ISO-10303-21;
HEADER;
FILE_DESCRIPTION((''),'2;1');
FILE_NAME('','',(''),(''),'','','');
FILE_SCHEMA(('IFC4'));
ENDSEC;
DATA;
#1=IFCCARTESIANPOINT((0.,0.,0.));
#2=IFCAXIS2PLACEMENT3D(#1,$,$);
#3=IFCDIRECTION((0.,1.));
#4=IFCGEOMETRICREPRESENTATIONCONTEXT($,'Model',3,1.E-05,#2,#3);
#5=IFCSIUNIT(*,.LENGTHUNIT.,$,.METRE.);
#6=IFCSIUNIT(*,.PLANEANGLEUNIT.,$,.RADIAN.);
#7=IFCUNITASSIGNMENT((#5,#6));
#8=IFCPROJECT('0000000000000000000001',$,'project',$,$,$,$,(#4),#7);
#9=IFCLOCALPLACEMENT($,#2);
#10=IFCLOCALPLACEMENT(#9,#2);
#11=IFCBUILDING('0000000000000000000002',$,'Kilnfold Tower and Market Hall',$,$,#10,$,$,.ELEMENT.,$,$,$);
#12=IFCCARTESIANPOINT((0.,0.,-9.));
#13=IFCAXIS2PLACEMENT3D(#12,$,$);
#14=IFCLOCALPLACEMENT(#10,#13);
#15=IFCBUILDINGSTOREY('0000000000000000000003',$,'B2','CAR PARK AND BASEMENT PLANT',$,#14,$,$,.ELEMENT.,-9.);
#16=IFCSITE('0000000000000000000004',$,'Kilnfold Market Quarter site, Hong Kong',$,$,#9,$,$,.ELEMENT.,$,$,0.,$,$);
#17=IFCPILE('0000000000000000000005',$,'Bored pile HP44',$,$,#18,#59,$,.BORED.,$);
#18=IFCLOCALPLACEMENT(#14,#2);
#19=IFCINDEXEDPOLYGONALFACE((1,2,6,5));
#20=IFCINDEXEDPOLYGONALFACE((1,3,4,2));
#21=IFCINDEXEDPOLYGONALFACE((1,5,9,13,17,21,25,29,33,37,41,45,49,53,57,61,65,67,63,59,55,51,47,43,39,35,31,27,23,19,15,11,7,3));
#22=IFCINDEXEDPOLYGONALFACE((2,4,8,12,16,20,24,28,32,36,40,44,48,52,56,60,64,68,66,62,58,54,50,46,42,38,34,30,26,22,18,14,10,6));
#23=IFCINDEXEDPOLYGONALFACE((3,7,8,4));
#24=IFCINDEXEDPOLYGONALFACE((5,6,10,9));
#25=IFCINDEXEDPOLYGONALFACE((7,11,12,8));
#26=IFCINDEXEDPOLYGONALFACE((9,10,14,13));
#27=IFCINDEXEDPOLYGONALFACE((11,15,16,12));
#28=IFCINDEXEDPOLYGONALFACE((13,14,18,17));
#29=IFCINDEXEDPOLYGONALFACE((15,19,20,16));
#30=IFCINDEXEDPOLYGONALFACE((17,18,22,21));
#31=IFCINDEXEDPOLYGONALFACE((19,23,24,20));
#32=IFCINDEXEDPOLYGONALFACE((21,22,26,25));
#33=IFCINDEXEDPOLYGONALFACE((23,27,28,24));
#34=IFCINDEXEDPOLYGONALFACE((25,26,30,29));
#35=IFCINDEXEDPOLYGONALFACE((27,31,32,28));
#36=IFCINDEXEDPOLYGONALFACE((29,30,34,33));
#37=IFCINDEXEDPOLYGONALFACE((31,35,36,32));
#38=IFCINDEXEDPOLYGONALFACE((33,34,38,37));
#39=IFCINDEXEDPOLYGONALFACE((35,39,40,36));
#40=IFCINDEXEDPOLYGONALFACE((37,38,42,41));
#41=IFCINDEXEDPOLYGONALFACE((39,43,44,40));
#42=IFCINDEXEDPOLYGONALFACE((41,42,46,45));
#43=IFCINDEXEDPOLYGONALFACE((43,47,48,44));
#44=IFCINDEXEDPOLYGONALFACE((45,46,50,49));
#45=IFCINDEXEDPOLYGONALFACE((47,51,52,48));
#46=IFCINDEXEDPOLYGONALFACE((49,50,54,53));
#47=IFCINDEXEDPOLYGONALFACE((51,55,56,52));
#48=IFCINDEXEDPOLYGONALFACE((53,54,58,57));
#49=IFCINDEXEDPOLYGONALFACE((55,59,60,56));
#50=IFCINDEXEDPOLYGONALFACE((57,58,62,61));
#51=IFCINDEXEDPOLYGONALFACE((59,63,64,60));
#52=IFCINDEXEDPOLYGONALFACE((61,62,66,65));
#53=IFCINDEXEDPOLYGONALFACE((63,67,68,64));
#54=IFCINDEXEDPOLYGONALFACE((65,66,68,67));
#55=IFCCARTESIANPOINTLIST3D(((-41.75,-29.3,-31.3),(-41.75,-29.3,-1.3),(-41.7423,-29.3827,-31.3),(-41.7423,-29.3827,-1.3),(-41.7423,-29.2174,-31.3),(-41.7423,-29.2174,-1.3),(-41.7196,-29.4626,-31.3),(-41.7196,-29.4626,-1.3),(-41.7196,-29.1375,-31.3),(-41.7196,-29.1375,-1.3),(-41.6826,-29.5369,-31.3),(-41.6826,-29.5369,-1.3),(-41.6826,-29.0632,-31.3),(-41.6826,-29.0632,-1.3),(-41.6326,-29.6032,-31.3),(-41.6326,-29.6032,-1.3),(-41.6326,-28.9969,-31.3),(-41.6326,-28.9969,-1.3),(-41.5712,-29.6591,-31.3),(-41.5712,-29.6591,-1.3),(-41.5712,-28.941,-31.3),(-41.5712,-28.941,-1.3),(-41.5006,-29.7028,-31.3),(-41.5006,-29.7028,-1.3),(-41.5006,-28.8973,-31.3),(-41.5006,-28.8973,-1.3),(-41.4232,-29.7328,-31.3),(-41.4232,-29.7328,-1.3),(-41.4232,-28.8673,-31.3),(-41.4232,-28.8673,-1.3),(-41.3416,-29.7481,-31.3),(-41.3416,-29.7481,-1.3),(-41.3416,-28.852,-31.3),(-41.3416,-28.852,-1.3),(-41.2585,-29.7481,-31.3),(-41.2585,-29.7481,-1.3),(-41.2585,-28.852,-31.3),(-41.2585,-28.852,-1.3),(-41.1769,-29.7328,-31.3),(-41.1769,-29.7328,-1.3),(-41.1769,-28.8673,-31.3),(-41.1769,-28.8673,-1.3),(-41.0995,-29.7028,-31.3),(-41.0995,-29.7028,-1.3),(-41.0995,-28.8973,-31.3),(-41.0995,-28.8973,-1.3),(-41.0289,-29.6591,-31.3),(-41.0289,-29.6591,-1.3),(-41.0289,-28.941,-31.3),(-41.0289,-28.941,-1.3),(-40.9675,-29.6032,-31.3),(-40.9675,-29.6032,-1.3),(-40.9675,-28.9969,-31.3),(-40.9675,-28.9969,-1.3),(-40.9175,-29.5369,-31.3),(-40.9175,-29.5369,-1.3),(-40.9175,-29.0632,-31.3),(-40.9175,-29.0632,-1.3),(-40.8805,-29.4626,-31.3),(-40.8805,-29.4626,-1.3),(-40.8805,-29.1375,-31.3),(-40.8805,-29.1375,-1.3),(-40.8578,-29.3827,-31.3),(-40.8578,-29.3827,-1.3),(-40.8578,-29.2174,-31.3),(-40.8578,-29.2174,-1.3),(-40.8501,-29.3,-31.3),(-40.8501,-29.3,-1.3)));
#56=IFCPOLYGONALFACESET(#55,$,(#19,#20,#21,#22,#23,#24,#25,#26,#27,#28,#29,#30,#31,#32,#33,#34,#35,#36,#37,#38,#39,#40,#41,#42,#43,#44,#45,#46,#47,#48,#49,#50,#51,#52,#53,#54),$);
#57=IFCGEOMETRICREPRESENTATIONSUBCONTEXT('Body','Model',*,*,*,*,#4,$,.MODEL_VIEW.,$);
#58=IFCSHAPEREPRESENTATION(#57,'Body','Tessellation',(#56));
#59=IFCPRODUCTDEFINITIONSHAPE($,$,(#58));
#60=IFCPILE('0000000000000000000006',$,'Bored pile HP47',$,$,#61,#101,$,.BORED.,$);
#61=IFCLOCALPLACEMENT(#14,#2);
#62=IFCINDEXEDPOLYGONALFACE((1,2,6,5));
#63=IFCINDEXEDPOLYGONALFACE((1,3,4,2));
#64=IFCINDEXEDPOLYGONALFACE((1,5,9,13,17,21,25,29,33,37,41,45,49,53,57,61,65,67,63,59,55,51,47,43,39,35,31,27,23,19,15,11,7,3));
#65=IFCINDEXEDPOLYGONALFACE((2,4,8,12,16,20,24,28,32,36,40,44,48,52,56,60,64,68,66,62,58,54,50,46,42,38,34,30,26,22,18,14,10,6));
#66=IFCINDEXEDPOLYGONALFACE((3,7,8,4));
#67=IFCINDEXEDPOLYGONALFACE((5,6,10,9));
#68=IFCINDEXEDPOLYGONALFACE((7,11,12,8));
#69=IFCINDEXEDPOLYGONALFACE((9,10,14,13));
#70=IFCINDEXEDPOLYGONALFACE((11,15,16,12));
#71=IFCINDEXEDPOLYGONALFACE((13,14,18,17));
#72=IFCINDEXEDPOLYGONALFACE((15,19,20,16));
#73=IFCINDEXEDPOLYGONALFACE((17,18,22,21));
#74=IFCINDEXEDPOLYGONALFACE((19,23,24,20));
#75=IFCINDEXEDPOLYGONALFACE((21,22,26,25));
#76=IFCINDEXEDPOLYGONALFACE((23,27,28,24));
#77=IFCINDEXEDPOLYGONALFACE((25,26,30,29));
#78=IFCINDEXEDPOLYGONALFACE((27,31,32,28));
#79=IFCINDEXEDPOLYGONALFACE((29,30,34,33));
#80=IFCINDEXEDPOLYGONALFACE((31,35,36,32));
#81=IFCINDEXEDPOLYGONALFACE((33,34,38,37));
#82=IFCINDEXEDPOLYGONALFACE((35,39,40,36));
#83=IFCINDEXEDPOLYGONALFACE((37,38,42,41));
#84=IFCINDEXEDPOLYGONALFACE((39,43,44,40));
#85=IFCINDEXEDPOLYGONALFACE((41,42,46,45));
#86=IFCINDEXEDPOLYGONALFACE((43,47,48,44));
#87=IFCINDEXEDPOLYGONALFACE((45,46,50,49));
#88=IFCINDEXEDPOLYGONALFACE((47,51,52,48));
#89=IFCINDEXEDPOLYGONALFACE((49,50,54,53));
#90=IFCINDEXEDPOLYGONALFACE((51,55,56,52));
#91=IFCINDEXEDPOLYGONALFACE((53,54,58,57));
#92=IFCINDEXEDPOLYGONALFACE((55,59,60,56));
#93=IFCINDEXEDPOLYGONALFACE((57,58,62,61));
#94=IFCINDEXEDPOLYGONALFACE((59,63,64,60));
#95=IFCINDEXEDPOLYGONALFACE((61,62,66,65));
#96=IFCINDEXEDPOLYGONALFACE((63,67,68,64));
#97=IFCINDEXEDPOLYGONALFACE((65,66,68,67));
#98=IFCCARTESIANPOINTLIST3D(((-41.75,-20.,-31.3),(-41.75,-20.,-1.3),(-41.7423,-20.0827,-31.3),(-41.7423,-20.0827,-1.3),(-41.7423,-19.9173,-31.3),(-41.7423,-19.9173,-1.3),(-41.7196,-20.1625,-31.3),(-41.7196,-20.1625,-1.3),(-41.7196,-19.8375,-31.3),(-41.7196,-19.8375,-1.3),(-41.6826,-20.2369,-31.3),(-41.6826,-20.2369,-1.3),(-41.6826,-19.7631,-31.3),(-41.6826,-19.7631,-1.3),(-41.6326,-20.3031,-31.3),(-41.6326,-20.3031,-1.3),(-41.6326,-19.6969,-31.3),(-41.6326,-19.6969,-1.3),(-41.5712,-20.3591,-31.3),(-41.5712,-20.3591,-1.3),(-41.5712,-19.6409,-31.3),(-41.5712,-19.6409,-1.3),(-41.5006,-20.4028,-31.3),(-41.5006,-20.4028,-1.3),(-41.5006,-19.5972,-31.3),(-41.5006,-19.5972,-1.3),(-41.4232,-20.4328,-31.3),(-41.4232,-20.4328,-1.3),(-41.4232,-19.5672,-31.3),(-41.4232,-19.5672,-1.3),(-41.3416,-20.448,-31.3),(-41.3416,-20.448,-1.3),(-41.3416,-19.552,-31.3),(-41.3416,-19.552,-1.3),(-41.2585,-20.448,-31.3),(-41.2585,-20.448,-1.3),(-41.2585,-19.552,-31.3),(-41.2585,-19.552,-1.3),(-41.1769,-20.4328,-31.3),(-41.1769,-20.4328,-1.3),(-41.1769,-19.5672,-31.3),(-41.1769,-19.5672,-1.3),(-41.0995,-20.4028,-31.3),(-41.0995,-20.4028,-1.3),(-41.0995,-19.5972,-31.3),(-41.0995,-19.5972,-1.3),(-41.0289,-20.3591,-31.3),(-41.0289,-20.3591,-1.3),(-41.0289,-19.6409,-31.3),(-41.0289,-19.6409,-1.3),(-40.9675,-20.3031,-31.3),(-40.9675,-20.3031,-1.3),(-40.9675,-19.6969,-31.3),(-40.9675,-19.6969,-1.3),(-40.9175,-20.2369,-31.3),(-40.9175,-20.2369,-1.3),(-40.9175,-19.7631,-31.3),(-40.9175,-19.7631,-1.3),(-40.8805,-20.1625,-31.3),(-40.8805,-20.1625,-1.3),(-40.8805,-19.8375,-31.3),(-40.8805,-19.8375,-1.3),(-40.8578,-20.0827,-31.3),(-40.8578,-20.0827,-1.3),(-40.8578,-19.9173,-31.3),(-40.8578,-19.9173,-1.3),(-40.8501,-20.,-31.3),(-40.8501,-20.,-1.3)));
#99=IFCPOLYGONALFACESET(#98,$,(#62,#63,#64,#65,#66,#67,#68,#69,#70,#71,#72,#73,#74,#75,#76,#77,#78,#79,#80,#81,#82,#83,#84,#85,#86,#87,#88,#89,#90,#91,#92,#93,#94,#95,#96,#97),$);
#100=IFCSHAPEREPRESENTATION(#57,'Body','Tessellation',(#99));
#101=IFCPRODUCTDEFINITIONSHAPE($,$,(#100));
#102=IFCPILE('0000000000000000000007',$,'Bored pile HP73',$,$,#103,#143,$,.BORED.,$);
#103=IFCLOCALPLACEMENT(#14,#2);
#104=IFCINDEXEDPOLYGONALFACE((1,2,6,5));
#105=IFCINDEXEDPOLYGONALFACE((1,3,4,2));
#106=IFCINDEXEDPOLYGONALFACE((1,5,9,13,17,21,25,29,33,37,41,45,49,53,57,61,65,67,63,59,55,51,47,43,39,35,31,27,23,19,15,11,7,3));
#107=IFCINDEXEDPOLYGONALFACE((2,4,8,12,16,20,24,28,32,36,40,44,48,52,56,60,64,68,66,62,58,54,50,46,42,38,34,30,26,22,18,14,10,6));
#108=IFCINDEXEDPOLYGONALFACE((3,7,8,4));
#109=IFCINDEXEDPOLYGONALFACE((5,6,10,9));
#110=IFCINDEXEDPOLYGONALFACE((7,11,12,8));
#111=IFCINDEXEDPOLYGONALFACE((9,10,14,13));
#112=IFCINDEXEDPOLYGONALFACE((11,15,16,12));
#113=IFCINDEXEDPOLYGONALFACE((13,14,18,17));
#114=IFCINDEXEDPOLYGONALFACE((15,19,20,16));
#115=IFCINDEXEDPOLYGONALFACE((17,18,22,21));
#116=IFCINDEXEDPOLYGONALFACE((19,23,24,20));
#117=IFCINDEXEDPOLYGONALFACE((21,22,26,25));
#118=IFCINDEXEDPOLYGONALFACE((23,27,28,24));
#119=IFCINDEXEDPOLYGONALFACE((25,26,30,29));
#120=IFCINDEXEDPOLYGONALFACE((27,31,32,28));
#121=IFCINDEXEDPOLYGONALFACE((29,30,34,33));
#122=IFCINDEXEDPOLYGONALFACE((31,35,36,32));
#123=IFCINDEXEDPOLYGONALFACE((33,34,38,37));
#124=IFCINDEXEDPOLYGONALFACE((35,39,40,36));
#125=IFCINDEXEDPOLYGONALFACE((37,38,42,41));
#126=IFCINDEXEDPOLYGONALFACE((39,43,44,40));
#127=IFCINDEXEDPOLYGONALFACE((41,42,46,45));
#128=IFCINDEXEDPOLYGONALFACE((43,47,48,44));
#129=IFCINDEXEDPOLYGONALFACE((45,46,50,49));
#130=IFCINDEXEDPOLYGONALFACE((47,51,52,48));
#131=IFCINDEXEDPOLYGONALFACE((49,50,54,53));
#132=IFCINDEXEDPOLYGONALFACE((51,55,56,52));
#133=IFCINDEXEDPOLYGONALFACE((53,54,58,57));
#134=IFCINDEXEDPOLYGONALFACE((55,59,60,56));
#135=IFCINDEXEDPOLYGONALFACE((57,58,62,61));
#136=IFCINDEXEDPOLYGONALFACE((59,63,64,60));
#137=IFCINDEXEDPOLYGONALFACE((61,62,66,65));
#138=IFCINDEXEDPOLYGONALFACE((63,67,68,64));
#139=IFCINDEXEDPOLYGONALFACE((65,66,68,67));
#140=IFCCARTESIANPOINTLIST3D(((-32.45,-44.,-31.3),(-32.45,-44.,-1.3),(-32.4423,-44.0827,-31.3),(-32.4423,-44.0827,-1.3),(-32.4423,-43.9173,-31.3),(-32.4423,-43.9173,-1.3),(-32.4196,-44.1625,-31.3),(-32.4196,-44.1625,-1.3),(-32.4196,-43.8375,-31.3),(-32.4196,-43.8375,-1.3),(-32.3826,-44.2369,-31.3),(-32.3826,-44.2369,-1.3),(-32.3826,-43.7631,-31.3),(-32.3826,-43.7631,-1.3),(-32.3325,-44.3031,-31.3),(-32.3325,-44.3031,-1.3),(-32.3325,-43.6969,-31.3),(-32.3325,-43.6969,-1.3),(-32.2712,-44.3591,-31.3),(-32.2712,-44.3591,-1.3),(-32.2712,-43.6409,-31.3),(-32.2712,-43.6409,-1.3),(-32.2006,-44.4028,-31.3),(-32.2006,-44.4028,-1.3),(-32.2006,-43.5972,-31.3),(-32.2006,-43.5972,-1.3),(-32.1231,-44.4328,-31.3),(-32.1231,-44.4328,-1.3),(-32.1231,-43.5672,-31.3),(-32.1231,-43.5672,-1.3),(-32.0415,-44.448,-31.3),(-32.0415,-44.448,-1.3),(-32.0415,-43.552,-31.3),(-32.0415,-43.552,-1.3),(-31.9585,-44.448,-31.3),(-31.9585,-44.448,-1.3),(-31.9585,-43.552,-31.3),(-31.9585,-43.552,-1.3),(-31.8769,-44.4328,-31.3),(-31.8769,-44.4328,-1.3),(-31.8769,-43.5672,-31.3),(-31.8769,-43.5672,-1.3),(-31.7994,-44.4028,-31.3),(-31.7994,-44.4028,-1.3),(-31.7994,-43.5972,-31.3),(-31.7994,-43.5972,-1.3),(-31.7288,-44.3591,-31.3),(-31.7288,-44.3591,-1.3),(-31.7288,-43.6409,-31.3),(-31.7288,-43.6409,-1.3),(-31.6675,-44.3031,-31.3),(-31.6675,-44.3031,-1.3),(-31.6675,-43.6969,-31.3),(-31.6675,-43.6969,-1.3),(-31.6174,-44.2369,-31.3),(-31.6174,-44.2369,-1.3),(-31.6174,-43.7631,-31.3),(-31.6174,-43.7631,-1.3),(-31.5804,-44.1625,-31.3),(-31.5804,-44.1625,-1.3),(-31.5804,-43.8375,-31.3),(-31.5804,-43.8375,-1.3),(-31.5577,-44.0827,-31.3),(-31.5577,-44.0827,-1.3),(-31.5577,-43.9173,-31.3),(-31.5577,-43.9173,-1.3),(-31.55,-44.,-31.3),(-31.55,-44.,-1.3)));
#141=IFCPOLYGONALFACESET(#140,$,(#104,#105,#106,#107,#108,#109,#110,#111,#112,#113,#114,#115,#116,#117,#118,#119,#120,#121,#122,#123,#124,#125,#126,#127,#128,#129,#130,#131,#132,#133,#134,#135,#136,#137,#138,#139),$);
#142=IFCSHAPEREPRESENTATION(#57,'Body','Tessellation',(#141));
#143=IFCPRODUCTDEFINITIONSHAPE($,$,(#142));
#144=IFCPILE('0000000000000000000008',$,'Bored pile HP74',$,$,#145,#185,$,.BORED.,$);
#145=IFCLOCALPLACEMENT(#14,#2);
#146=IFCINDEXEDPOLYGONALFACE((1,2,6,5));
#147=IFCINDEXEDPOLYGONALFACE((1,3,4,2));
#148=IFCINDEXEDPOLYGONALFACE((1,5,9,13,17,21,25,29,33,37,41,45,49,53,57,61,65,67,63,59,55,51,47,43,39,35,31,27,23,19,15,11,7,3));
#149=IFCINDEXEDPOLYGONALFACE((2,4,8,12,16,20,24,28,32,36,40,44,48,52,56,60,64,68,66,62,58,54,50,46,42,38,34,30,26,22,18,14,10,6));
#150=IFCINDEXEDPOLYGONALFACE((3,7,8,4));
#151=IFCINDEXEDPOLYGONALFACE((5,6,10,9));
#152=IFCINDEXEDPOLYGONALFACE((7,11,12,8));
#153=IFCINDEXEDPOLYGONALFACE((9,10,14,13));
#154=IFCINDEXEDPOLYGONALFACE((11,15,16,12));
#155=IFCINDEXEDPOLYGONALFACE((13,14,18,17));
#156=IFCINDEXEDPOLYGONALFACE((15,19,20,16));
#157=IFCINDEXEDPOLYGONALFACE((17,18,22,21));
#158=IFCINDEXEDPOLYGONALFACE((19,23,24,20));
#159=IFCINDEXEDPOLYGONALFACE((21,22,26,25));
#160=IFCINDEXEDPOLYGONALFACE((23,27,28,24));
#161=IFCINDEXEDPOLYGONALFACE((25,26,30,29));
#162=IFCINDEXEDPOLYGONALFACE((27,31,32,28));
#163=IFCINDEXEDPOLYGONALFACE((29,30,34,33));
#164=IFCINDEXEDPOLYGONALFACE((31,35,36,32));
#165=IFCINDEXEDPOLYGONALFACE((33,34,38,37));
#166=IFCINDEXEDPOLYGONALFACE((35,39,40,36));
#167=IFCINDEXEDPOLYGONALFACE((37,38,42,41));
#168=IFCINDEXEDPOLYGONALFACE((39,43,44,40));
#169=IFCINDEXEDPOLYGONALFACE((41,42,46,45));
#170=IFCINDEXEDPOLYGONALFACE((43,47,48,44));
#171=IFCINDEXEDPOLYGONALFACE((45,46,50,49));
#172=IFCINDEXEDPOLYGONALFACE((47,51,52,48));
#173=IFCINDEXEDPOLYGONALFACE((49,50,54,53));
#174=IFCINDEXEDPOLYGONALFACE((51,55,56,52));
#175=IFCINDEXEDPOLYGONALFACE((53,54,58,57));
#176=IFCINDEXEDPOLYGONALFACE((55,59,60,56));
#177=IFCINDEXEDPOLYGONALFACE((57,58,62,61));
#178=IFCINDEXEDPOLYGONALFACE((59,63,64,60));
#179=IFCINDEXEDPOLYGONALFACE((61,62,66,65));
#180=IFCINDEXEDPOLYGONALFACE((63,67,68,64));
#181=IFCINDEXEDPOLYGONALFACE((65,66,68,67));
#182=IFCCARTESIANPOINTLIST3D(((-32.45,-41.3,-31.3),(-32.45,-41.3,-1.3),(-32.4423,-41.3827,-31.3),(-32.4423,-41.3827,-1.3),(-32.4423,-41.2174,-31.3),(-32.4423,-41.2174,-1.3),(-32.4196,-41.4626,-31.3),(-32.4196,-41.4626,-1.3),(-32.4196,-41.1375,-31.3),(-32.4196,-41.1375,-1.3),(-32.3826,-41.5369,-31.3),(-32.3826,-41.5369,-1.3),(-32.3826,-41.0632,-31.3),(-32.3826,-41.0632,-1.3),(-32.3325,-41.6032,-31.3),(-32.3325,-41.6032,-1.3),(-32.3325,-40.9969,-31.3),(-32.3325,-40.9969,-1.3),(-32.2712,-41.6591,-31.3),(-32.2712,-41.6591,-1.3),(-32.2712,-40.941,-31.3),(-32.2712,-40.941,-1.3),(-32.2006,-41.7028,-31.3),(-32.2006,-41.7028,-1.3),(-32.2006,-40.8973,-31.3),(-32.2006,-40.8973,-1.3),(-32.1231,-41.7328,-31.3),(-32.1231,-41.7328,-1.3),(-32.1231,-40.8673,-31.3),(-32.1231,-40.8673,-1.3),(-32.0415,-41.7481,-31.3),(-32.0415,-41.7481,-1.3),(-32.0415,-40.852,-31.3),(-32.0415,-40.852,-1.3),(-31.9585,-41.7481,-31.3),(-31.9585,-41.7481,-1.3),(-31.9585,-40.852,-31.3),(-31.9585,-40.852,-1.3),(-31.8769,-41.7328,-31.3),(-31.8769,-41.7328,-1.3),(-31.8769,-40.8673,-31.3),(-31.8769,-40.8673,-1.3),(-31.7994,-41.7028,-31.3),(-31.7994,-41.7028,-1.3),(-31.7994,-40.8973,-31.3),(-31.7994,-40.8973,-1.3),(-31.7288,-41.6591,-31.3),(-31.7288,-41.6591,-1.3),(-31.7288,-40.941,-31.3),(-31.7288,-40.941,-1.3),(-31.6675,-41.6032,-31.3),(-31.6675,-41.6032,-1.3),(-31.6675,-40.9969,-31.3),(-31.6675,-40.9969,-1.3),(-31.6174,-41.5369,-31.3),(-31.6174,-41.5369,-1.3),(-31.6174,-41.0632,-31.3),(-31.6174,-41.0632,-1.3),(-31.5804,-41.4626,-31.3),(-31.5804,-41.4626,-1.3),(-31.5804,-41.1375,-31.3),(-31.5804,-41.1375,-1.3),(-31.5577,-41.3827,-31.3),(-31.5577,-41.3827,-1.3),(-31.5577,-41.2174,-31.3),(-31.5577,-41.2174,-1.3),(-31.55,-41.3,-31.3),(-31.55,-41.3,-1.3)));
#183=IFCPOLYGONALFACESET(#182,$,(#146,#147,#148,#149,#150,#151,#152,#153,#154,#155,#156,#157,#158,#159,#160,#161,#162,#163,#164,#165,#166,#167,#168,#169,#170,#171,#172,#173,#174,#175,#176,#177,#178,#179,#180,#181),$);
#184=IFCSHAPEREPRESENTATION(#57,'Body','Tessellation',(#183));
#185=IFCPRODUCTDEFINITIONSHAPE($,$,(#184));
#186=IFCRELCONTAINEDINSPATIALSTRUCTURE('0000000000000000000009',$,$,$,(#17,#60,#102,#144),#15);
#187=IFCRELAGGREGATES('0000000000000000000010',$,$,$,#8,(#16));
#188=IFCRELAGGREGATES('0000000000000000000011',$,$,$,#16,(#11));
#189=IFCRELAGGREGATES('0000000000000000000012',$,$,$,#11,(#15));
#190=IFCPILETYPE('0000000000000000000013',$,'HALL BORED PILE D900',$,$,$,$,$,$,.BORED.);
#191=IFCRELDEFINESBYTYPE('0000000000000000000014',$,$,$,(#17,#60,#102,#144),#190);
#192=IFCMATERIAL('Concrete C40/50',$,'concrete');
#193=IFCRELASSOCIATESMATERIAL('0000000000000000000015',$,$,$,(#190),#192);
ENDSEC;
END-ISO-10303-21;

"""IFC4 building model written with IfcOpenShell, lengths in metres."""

from ifc_helpers import new_model, si_unit, direction, frame, origin, origin_2d, place, context, subcontext, project, spatial, circle, extrude, source, transform, mapped, material, material_profile, profile_set, type_object, element, save


model = new_model("IFC4")

# Units and contexts
model_context = context("Model", 3, precision=1e-05, world=origin(), true_north=direction((0.0, 1.0)))
body_context = subcontext(model_context, "Body", "Model", "MODEL_VIEW")
ifc_project = project(units=[si_unit("LENGTHUNIT", "METRE"), si_unit("PLANEANGLEUNIT", "RADIAN")], contexts=[model_context])

# Site, building, storey
site_placement = place(None, origin())
site = spatial("IfcSite", under=ifc_project, at=site_placement, Name="Kilnfold Market Quarter site, Hong Kong", CompositionType="ELEMENT", RefElevation=0.0)
building_placement = place(site_placement, origin())
building = spatial("IfcBuilding", under=site, at=building_placement, Name="Kilnfold Tower and Market Hall", CompositionType="ELEMENT")
storey_placement = place(building_placement, frame((0.0, 0.0, -9.0)))
storey = spatial("IfcBuildingStorey", under=building, at=storey_placement, Name="B2", Description="CAR PARK AND BASEMENT PLANT", CompositionType="ELEMENT", Elevation=-9.0)

# Piles
ifc_material_1 = material(Name="Concrete C40/50", Category="concrete")
ifc_material_profile_1 = material_profile(ifc_material_1, circle(Radius=0.45, at=origin_2d()), Name="D900")
ifc_profile_set_1 = profile_set([ifc_material_profile_1], Name="Concrete C40/50")
pile_type = type_object("IfcPileType", Name="HALL BORED PILE D900", PredefinedType="BORED", material=ifc_profile_set_1)
shared_shape_1 = source(origin(), body_context, "Body", "SweptSolid", [
    extrude(circle(Radius=0.45, at=origin_2d()), origin(), (0.0, 0.0, 1.0), 30.0),
])
for number, where, z_axis, x_axis, name in (
    (1, (-41.3, -29.3, -1.3), (0.0, 0.0, -1.0), (1.0, 0.0, 0.0), "Bored pile HP44"),
    (2, (-41.3, -20.0, -1.3), (0.0, 0.0, -1.0), (1.0, 0.0, 0.0), "Bored pile HP47"),
    (3, (-32.0, -44.0, -1.3), (0.0, 0.0, -1.0), (1.0, 0.0, 0.0), "Bored pile HP73"),
    (4, (-32.0, -41.3, -1.3), (0.0, 0.0, -1.0), (1.0, 0.0, 0.0), "Bored pile HP74"),
):
    element("IfcPile", number, at=place(storey_placement, frame(where, z_axis=z_axis, x_axis=x_axis)), inside=storey, type_object=pile_type, Name=name, PredefinedType="BORED", context=body_context, shape_type="MappedRepresentation", body=[
        mapped(shared_shape_1, transform((0.0, 0.0, 0.0))),
    ])

save(model, "model.ifc")
